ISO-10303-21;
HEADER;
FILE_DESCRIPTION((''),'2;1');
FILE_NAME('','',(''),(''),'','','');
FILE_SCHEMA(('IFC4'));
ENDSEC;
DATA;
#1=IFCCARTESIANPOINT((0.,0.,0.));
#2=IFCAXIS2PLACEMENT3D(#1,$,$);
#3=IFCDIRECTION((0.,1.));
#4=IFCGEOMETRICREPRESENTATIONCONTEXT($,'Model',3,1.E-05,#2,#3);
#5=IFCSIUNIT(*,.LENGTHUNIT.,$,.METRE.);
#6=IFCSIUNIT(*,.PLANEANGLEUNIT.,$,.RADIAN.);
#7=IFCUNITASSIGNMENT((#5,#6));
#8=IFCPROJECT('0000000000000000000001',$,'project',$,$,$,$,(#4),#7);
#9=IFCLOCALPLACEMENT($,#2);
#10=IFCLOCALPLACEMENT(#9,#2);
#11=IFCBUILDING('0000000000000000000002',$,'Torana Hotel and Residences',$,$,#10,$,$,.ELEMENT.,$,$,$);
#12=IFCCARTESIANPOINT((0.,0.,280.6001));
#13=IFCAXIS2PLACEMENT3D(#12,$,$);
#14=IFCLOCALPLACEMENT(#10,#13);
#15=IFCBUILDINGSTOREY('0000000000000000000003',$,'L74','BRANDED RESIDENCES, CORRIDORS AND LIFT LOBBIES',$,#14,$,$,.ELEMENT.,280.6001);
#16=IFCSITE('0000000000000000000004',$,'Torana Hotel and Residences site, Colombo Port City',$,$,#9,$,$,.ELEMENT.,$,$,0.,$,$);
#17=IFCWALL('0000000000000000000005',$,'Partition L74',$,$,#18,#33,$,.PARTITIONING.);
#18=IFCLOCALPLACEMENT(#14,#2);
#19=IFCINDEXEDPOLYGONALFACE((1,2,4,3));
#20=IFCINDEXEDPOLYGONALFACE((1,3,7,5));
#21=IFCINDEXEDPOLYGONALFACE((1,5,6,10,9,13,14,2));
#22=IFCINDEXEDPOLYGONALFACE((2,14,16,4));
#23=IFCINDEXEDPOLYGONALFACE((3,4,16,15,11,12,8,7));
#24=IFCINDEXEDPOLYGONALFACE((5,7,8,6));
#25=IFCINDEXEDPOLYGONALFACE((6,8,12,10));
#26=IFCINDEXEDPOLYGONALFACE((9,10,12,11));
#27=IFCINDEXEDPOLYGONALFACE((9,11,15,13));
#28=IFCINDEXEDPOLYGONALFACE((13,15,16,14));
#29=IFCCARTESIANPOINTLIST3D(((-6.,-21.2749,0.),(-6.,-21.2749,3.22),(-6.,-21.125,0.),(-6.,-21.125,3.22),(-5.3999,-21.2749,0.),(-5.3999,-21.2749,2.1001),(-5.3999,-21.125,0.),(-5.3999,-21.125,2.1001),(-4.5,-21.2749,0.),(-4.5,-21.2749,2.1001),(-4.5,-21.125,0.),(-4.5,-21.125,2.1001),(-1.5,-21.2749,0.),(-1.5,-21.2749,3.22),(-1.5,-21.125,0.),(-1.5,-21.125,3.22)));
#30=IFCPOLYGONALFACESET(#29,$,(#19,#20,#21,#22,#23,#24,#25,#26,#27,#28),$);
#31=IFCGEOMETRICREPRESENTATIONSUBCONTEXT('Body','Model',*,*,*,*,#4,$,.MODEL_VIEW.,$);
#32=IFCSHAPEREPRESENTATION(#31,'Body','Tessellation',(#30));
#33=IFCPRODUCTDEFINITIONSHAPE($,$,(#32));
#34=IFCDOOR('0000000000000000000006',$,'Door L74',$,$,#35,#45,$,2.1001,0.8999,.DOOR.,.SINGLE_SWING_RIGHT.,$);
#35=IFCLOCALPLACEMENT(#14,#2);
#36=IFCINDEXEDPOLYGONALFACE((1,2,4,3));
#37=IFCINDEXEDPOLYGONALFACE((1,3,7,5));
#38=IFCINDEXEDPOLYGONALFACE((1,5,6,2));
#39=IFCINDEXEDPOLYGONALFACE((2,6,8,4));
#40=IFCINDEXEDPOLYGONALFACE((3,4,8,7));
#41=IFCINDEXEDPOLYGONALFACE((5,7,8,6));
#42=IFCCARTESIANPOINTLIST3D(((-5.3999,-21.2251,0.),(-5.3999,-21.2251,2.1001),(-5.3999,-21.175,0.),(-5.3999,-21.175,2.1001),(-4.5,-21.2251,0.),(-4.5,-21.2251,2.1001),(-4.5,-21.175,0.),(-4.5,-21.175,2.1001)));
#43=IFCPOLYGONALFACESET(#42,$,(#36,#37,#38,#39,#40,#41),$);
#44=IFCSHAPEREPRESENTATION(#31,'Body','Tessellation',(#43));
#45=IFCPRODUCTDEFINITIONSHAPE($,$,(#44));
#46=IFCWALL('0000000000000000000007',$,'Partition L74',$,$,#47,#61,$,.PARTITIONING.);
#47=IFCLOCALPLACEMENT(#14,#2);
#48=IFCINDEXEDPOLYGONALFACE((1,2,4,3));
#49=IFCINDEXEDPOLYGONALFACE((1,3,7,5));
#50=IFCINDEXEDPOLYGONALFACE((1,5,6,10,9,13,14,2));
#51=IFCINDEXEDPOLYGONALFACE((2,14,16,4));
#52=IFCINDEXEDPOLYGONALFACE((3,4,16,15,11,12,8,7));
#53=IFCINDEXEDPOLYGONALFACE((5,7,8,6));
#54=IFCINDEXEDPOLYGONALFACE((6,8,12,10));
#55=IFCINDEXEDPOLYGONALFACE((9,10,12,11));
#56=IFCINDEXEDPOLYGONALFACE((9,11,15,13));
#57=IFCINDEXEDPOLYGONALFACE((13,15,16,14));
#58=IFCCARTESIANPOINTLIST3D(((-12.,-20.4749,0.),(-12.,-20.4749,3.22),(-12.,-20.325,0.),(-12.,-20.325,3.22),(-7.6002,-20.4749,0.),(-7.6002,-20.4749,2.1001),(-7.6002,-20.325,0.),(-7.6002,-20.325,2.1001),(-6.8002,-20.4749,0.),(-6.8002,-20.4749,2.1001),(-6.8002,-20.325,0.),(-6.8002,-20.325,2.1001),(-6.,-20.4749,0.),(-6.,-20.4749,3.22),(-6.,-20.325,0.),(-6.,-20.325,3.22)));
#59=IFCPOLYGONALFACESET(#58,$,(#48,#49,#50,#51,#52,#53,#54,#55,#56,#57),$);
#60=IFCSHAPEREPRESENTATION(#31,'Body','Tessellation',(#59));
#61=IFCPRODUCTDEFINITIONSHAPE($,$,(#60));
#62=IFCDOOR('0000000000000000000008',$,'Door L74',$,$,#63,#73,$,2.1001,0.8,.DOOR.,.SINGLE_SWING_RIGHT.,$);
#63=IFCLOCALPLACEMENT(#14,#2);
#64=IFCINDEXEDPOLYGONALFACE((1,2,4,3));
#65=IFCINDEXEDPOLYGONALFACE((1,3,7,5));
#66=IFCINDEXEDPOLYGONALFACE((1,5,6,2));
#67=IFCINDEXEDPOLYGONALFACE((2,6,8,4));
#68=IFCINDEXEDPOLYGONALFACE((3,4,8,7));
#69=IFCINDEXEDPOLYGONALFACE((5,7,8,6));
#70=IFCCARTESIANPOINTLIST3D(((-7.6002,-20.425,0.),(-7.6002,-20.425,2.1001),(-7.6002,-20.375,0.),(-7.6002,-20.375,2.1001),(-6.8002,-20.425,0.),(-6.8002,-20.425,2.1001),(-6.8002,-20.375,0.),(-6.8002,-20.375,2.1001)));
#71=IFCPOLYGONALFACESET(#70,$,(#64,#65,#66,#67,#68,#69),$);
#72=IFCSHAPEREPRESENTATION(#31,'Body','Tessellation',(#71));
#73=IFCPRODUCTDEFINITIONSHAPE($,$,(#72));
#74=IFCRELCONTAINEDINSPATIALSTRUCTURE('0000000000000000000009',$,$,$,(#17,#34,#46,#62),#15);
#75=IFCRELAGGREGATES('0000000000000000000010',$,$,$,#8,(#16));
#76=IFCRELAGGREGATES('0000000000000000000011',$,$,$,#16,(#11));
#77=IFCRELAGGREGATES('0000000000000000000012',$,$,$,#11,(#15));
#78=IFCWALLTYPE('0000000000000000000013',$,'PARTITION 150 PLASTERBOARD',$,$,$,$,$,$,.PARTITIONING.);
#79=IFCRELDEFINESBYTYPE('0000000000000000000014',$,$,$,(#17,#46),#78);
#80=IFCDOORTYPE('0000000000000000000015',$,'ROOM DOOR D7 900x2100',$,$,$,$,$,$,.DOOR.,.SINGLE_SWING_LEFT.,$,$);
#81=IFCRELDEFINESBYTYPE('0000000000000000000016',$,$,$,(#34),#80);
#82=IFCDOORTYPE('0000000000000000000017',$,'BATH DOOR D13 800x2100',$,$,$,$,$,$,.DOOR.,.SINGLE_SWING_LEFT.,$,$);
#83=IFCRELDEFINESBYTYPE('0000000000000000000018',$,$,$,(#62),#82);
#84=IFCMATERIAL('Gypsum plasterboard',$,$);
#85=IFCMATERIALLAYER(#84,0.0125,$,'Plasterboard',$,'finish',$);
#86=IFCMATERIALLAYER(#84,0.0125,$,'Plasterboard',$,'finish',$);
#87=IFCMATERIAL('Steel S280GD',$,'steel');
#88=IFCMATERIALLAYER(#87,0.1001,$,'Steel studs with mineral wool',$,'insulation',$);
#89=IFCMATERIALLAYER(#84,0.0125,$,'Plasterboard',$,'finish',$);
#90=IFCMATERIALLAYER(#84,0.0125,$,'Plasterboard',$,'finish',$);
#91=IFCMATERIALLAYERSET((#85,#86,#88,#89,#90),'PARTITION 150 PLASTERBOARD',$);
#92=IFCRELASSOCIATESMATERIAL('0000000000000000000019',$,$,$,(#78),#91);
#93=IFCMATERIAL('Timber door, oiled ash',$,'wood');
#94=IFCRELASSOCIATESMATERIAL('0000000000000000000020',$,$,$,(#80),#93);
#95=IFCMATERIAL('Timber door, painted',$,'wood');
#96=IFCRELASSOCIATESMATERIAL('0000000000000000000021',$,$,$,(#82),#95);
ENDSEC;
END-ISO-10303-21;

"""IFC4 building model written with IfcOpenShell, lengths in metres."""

from ifc_helpers import new_model, si_unit, direction, frame, frame_2d, origin, place, context, subcontext, project, spatial, rectangle, extrude, material, layer, layer_set, type_object, element, fill, save


model = new_model("IFC4")

# Units and contexts
model_context = context("Model", 3, precision=1e-05, world=origin(), true_north=direction((0.0, 1.0)))
body_context = subcontext(model_context, "Body", "Model", "MODEL_VIEW")
ifc_project = project(units=[si_unit("LENGTHUNIT", "METRE"), si_unit("PLANEANGLEUNIT", "RADIAN")], contexts=[model_context])

# Site, building, storey
site_placement = place(None, origin())
site = spatial("IfcSite", under=ifc_project, at=site_placement, Name="Torana Hotel and Residences site, Colombo Port City", CompositionType="ELEMENT", RefElevation=0.0)
building_placement = place(site_placement, origin())
building = spatial("IfcBuilding", under=site, at=building_placement, Name="Torana Hotel and Residences", CompositionType="ELEMENT")
storey_placement = place(building_placement, frame((0.0, 0.0, 280.6001)))
storey = spatial("IfcBuildingStorey", under=building, at=storey_placement, Name="L74", Description="BRANDED RESIDENCES, CORRIDORS AND LIFT LOBBIES", CompositionType="ELEMENT", Elevation=280.6001)

# Shared definitions
ifc_material_1 = material(Name="Gypsum plasterboard")
ifc_layer_1 = layer(ifc_material_1, 0.0125, Name="Plasterboard", Category="finish")
ifc_layer_2 = layer(ifc_material_1, 0.0125, Name="Plasterboard", Category="finish")
ifc_material_2 = material(Name="Steel S280GD", Category="steel")
ifc_layer_3 = layer(ifc_material_2, 0.1001, Name="Steel studs with mineral wool", Category="insulation")
ifc_layer_4 = layer(ifc_material_1, 0.0125, Name="Plasterboard", Category="finish")
ifc_layer_5 = layer(ifc_material_1, 0.0125, Name="Plasterboard", Category="finish")
ifc_layer_set_1 = layer_set([ifc_layer_1, ifc_layer_2, ifc_layer_3, ifc_layer_4, ifc_layer_5], Name="PARTITION 150 PLASTERBOARD")
wall_type_1 = type_object("IfcWallType", Name="PARTITION 150 PLASTERBOARD", PredefinedType="PARTITIONING", material=ifc_layer_set_1)

# Walls, openings, doors
wall_1_placement = place(storey_placement, frame((-6.0, -21.2, 0.0), z_axis=(0.0, 0.0, 1.0), x_axis=(1.0, 0.0, 0.0)))
wall_1 = element("IfcWall", 1, at=wall_1_placement, inside=storey, type_object=wall_type_1, Name="Partition L74", PredefinedType="PARTITIONING", context=body_context, shape_type="SweptSolid", body=[
    extrude(rectangle(XDim=4.5, YDim=0.1499, at=frame_2d((2.25, 0.0))), origin(), (0.0, 0.0, 1.0), 3.22),
])
opening_1_placement = place(wall_1_placement, frame((0.6001, 0.0, 0.0)))
opening_1 = element("IfcOpeningElement", 2, at=opening_1_placement, cuts=wall_1, PredefinedType="OPENING", context=body_context, shape_type="SweptSolid", body=[
    extrude(rectangle(XDim=0.8999, YDim=2.1001, at=frame_2d((0.45, 1.05))), frame((0.0, 0.085, 0.0), z_axis=(0.0, -1.0, 0.0), x_axis=(1.0, 0.0, 0.0)), (0.0, 0.0, 1.0), 0.1699),
])
ifc_material_3 = material(Name="Timber door, oiled ash", Category="wood")
door_type_1 = type_object("IfcDoorType", Name="ROOM DOOR D7 900x2100", OperationType="SINGLE_SWING_LEFT", PredefinedType="DOOR", material=ifc_material_3)
door_1_placement = place(opening_1_placement, origin())
door_1 = element("IfcDoor", 3, at=door_1_placement, inside=storey, type_object=door_type_1, Name="Door L74", OperationType="SINGLE_SWING_RIGHT", OverallHeight=2.1001, OverallWidth=0.8999, PredefinedType="DOOR", context=body_context, shape_type="SweptSolid", body=[
    extrude(rectangle(XDim=0.8999, YDim=2.1001, at=frame_2d((0.45, 1.05))), frame((0.0, 0.0249, 0.0), z_axis=(0.0, -1.0, 0.0), x_axis=(1.0, 0.0, 0.0)), (0.0, 0.0, 1.0), 0.05),
])
fill(opening_1, door_1)
wall_2_placement = place(storey_placement, frame((-12.0, -20.3999, 0.0), z_axis=(0.0, 0.0, 1.0), x_axis=(1.0, 0.0, 0.0)))
wall_2 = element("IfcWall", 4, at=wall_2_placement, inside=storey, type_object=wall_type_1, Name="Partition L74", PredefinedType="PARTITIONING", context=body_context, shape_type="SweptSolid", body=[
    extrude(rectangle(XDim=6.0, YDim=0.1499, at=frame_2d((3.0, 0.0))), origin(), (0.0, 0.0, 1.0), 3.22),
])
opening_2_placement = place(wall_2_placement, frame((4.3999, 0.0, 0.0)))
opening_2 = element("IfcOpeningElement", 5, at=opening_2_placement, cuts=wall_2, PredefinedType="OPENING", context=body_context, shape_type="SweptSolid", body=[
    extrude(rectangle(XDim=0.8, YDim=2.1001, at=frame_2d((0.3999, 1.05))), frame((0.0, 0.085, 0.0), z_axis=(0.0, -1.0, 0.0), x_axis=(1.0, 0.0, 0.0)), (0.0, 0.0, 1.0), 0.1699),
])
ifc_material_4 = material(Name="Timber door, painted", Category="wood")
door_type_2 = type_object("IfcDoorType", Name="BATH DOOR D13 800x2100", OperationType="SINGLE_SWING_LEFT", PredefinedType="DOOR", material=ifc_material_4)
door_2_placement = place(opening_2_placement, origin())
door_2 = element("IfcDoor", 6, at=door_2_placement, inside=storey, type_object=door_type_2, Name="Door L74", OperationType="SINGLE_SWING_RIGHT", OverallHeight=2.1001, OverallWidth=0.8, PredefinedType="DOOR", context=body_context, shape_type="SweptSolid", body=[
    extrude(rectangle(XDim=0.8, YDim=2.1001, at=frame_2d((0.3999, 1.05))), frame((0.0, 0.0249, 0.0), z_axis=(0.0, -1.0, 0.0), x_axis=(1.0, 0.0, 0.0)), (0.0, 0.0, 1.0), 0.05),
])
fill(opening_2, door_2)

save(model, "model.ifc")
